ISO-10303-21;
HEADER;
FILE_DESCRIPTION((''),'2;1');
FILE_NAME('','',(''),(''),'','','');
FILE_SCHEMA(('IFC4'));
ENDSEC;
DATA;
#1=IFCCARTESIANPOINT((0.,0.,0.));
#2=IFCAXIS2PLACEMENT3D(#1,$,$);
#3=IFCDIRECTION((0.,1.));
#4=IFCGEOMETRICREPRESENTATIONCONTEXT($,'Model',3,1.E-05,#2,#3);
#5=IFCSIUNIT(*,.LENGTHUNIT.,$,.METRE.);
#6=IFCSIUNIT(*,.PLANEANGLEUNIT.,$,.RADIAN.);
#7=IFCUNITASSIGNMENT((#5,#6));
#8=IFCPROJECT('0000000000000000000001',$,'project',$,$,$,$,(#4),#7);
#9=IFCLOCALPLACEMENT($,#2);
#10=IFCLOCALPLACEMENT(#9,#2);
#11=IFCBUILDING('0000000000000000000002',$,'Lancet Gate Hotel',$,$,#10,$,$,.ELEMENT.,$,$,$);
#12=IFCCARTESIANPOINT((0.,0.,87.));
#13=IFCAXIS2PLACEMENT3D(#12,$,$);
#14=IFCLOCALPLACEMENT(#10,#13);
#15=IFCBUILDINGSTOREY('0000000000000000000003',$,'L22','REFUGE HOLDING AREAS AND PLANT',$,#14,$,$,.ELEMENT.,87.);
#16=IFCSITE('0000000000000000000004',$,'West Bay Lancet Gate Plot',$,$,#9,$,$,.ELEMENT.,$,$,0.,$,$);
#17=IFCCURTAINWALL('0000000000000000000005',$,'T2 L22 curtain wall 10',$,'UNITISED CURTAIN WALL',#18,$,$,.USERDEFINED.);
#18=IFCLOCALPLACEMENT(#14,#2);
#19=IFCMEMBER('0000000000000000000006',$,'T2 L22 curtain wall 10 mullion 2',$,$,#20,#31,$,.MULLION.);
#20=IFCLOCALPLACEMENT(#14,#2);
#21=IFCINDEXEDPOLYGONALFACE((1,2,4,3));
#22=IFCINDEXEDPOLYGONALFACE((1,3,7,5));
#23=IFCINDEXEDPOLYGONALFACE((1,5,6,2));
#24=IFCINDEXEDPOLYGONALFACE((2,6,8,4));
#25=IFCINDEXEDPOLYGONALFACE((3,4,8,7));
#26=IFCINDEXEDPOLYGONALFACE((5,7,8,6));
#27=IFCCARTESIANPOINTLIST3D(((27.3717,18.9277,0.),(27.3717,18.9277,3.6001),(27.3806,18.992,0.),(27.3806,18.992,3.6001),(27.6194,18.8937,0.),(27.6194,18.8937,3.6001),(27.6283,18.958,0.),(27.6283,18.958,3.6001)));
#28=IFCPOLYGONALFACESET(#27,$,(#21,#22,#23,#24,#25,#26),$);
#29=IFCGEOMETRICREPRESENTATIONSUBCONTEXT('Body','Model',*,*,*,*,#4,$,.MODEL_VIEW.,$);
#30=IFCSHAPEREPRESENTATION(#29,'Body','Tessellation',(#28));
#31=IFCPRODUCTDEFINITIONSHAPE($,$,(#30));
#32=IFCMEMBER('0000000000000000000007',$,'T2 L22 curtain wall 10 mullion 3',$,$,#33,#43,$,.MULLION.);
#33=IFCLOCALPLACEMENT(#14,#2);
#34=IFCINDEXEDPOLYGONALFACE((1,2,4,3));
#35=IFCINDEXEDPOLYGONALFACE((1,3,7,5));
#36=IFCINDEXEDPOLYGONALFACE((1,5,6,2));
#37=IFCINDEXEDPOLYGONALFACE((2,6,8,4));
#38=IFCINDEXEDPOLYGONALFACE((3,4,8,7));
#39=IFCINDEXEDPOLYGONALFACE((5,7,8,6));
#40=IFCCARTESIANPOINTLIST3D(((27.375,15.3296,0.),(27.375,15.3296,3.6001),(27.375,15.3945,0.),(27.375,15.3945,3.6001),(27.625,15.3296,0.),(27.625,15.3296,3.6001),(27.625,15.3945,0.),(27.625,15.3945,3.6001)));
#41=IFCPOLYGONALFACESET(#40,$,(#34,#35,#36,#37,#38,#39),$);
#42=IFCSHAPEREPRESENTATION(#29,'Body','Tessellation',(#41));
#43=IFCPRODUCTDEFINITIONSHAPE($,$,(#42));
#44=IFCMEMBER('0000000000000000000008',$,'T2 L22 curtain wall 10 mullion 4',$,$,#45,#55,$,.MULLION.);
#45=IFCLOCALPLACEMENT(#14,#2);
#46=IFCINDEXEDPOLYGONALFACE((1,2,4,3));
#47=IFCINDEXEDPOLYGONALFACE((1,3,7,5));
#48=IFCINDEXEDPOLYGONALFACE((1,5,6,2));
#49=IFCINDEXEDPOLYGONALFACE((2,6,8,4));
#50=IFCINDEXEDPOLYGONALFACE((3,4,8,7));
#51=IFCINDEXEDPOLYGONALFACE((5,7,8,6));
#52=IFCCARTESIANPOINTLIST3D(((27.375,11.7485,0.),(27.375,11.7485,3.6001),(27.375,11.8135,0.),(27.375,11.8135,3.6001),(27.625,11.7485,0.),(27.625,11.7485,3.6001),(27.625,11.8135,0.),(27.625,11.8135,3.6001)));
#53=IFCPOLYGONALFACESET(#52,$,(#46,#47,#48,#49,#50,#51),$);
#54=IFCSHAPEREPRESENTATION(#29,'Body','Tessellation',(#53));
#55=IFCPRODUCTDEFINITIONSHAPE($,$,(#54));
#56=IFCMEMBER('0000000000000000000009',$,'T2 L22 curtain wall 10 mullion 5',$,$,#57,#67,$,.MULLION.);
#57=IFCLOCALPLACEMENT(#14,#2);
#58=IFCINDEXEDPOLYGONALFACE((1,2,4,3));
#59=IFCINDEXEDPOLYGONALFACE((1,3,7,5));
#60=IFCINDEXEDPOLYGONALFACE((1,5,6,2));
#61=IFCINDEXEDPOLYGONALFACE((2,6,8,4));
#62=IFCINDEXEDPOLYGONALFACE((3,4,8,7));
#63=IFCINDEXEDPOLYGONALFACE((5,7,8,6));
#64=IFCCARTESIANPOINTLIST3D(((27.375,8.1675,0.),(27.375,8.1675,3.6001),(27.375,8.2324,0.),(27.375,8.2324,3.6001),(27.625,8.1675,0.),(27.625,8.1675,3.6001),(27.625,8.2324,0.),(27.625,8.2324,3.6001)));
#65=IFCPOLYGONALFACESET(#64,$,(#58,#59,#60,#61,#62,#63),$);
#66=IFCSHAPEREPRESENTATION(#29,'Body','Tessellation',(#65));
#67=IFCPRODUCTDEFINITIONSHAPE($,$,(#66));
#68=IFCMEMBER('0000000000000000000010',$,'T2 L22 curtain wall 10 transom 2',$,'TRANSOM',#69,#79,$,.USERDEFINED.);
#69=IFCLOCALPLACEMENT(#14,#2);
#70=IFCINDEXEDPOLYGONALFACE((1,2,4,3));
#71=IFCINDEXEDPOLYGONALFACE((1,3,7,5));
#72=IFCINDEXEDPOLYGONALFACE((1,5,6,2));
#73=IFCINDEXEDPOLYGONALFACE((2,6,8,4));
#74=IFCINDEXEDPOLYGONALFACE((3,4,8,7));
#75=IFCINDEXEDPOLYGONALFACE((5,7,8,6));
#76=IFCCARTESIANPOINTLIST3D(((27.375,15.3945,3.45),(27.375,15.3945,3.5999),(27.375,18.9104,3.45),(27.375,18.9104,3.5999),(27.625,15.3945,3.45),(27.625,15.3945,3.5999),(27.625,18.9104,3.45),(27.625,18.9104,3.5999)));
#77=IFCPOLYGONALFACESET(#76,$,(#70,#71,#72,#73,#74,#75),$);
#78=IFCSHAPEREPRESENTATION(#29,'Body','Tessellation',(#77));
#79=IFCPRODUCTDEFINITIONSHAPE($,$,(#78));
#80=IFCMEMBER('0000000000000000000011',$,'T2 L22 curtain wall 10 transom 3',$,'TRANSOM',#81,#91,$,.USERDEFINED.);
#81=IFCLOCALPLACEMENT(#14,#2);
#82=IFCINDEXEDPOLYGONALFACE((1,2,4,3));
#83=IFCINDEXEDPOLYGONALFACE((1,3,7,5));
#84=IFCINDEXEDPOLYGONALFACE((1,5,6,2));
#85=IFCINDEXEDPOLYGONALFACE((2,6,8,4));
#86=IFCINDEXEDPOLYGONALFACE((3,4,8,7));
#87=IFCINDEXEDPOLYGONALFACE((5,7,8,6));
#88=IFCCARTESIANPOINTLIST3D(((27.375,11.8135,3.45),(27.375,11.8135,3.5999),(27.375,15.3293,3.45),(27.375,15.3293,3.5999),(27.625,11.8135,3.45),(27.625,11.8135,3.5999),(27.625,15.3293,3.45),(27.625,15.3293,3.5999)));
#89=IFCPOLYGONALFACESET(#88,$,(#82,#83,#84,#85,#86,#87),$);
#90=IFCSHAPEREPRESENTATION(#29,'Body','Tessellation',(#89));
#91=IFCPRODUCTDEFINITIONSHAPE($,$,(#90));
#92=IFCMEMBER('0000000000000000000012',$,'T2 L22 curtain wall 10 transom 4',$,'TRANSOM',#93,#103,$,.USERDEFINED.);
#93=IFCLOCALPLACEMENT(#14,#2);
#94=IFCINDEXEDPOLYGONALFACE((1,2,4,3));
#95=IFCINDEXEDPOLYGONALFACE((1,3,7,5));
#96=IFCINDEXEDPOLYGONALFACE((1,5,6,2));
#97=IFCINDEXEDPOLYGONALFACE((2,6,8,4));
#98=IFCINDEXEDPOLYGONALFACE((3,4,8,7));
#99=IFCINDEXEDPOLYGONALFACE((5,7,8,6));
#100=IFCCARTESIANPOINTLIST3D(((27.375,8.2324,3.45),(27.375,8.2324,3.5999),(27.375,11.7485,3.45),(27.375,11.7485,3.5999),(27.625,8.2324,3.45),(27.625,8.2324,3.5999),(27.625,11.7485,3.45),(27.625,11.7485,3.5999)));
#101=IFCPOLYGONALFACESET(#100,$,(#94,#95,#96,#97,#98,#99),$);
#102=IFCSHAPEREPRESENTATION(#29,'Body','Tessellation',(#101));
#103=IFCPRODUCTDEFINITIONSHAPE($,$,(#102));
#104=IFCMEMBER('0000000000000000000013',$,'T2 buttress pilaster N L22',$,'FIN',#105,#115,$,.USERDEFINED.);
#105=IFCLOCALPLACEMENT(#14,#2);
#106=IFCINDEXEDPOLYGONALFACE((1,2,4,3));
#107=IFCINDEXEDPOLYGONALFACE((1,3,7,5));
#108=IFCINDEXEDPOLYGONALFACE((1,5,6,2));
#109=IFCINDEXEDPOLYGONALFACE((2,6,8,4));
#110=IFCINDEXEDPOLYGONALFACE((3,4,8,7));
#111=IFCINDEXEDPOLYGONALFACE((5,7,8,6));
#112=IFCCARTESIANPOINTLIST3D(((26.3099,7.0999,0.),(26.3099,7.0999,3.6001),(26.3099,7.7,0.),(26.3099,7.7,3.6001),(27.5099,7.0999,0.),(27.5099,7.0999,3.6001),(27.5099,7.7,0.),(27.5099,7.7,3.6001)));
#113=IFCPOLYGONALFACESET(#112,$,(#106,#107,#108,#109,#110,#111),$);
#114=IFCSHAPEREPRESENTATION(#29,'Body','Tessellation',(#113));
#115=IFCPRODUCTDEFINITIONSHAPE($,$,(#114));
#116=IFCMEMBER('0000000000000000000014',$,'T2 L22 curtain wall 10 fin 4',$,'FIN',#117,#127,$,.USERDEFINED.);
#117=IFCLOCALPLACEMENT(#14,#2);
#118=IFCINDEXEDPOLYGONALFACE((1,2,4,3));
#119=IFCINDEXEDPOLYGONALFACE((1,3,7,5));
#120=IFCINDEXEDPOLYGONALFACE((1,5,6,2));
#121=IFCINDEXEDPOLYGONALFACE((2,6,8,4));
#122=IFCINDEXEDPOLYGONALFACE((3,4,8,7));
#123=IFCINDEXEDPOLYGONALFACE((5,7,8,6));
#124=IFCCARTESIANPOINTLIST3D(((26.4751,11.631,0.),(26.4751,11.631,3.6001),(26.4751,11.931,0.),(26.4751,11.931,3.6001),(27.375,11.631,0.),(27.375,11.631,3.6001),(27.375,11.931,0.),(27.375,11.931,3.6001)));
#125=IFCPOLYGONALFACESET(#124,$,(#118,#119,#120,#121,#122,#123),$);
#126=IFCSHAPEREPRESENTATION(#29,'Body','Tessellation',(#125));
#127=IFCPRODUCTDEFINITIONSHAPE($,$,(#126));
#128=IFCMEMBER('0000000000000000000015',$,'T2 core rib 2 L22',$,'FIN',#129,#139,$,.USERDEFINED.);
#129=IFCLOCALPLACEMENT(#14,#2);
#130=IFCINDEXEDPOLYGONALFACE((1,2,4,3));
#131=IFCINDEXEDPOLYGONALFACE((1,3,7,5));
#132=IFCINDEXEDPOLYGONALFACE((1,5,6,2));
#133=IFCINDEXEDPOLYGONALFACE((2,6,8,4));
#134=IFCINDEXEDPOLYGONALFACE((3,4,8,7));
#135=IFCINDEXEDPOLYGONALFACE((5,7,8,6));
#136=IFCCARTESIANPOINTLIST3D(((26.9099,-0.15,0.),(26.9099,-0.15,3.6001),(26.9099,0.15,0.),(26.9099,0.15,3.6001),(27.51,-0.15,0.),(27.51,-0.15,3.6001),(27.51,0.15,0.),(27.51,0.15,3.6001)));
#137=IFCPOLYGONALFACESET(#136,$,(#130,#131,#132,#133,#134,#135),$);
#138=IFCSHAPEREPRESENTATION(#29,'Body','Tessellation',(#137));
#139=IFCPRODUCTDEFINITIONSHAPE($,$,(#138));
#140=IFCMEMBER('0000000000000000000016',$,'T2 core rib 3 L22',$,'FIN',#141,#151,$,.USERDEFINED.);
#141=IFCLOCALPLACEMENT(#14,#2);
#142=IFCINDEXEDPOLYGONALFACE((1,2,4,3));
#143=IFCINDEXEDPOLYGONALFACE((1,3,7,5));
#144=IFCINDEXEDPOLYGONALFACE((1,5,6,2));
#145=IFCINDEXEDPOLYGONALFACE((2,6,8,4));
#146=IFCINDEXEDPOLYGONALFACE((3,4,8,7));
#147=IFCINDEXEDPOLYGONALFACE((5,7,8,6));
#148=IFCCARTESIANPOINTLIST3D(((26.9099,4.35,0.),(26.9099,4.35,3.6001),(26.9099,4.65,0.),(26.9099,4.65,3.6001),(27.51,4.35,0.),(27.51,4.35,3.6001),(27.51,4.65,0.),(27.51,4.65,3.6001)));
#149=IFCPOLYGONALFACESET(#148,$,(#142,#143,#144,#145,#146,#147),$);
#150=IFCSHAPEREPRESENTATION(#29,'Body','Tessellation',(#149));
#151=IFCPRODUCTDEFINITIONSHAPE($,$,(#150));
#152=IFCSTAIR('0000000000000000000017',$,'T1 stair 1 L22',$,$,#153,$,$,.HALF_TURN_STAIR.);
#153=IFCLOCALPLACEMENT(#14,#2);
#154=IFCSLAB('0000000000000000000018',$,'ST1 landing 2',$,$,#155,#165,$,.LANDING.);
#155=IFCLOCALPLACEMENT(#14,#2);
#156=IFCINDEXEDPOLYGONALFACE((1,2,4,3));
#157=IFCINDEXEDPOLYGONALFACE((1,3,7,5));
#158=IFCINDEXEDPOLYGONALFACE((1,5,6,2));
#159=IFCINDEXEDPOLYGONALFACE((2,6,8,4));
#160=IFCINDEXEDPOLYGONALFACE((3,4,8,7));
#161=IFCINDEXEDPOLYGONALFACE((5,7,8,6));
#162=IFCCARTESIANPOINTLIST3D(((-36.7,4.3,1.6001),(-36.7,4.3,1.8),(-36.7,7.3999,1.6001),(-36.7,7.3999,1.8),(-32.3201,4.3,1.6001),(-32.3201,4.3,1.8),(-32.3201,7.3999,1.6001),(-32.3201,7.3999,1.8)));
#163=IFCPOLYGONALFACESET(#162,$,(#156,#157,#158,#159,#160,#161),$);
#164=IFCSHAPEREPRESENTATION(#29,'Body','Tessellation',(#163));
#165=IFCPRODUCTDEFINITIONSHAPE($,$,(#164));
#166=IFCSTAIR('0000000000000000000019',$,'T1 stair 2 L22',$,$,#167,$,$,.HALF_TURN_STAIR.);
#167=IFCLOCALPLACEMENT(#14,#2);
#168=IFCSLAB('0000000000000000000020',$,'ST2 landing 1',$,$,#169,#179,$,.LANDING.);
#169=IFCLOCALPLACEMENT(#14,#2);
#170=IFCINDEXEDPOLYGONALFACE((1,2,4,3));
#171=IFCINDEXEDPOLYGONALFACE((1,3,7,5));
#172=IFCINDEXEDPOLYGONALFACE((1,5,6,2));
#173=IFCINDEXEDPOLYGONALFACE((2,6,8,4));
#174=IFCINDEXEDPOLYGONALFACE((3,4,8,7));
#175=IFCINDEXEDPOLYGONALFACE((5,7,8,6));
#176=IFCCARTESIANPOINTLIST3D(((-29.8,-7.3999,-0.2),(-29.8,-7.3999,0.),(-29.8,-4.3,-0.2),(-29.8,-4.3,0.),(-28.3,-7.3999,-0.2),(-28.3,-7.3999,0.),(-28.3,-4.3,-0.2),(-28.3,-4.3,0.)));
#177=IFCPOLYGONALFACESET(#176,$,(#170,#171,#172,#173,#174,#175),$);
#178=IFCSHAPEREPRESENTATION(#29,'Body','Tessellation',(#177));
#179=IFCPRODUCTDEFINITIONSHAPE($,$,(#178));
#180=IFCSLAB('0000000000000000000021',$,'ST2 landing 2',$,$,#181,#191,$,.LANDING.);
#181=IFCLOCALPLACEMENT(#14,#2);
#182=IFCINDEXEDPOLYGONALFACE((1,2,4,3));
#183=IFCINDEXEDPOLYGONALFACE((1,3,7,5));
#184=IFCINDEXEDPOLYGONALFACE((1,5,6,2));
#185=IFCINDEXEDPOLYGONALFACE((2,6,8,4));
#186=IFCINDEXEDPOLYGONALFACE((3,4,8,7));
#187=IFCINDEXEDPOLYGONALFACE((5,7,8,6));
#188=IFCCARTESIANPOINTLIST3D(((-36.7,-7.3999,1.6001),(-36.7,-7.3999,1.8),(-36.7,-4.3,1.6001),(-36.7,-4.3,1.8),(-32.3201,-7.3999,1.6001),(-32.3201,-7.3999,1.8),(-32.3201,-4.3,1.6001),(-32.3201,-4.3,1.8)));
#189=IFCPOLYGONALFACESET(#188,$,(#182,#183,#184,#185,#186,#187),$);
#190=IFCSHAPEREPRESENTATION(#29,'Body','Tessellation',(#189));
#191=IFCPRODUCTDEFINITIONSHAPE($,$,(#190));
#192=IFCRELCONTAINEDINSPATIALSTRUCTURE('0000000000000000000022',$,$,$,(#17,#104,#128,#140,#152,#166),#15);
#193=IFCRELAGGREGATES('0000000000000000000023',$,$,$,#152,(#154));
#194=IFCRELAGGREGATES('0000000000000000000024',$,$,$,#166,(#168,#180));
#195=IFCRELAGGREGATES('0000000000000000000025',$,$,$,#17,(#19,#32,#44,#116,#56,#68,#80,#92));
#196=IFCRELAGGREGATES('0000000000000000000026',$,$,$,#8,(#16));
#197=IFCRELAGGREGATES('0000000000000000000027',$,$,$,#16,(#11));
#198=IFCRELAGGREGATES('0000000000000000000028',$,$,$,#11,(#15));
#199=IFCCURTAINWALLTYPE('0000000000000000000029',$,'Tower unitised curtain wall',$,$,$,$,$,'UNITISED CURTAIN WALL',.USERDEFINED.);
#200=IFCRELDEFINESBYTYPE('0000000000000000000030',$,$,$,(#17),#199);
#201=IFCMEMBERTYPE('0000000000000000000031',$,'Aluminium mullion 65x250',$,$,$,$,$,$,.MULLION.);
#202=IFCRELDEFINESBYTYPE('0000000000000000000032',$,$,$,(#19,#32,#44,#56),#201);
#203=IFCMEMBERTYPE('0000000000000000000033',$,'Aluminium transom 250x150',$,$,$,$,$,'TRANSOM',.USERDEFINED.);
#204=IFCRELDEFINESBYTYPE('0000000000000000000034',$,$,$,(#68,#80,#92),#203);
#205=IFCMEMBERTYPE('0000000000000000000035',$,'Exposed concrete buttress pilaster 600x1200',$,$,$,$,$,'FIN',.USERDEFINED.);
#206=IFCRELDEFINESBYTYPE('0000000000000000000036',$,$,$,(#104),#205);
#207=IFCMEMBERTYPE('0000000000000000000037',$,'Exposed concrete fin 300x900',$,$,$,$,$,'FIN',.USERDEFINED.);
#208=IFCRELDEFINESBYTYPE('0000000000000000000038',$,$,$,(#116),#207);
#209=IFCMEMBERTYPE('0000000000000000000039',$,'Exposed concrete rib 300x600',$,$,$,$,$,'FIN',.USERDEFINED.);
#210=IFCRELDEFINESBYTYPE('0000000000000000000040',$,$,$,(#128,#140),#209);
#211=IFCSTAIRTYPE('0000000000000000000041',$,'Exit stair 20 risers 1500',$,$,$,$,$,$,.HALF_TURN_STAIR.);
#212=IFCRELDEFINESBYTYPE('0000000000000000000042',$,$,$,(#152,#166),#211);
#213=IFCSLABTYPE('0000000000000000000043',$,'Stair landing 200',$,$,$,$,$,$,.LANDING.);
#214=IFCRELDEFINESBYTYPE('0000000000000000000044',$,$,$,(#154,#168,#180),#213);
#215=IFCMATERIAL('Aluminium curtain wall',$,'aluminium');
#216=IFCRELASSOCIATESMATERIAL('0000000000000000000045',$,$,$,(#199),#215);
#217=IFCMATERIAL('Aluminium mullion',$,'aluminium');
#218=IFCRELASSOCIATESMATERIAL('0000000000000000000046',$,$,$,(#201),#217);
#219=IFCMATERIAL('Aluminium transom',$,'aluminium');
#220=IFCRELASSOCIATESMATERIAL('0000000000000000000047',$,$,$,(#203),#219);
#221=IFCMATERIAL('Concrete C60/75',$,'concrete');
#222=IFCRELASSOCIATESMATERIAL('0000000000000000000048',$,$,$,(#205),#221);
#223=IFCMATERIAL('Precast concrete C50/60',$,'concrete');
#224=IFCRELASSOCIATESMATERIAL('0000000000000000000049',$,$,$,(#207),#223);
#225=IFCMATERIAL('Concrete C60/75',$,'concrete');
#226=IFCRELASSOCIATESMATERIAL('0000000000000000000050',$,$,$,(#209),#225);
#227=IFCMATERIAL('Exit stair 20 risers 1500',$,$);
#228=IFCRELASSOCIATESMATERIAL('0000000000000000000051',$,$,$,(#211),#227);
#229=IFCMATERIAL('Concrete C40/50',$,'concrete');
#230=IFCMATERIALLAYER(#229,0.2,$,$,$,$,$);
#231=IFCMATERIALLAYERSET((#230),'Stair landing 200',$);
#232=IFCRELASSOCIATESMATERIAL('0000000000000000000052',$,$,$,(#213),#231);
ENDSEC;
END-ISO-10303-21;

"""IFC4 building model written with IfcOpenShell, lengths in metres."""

from ifc_helpers import new_model, si_unit, direction, frame, origin, origin_2d, place, context, subcontext, project, spatial, polyline, rectangle, outline, extrude, material, layer, layer_set, material_profile, profile_set, type_object, element, aggregate, save


model = new_model("IFC4")

# Units and contexts
model_context = context("Model", 3, precision=1e-05, world=origin(), true_north=direction((0.0, 1.0)))
body_context = subcontext(model_context, "Body", "Model", "MODEL_VIEW")
ifc_project = project(units=[si_unit("LENGTHUNIT", "METRE"), si_unit("PLANEANGLEUNIT", "RADIAN")], contexts=[model_context])

# Site, building, storey
site_placement = place(None, origin())
site = spatial("IfcSite", under=ifc_project, at=site_placement, Name="West Bay Lancet Gate Plot", CompositionType="ELEMENT", RefElevation=0.0)
building_placement = place(site_placement, origin())
building = spatial("IfcBuilding", under=site, at=building_placement, Name="Lancet Gate Hotel", CompositionType="ELEMENT")
storey_placement = place(building_placement, frame((0.0, 0.0, 87.0)))
storey = spatial("IfcBuildingStorey", under=building, at=storey_placement, Name="L22", Description="REFUGE HOLDING AREAS AND PLANT", CompositionType="ELEMENT", Elevation=87.0)

# Curtain wall, members
ifc_material_1 = material(Name="Aluminium curtain wall", Category="aluminium")
curtain_wall_type = type_object("IfcCurtainWallType", Name="Tower unitised curtain wall", ElementType="UNITISED CURTAIN WALL", PredefinedType="USERDEFINED", material=ifc_material_1)
curtain_wall_placement = place(storey_placement, origin())
curtain_wall = element("IfcCurtainWall", 1, at=curtain_wall_placement, inside=storey, type_object=curtain_wall_type, Name="T2 L22 curtain wall 10", ObjectType="UNITISED CURTAIN WALL", PredefinedType="USERDEFINED")
ifc_material_2 = material(Name="Aluminium mullion", Category="aluminium")
ifc_material_profile_1 = material_profile(ifc_material_2, rectangle(XDim=0.0649, YDim=0.25, at=origin_2d()), Name="MULLION 65x250")
ifc_profile_set_1 = profile_set([ifc_material_profile_1], Name="Aluminium mullion")
member_type_1 = type_object("IfcMemberType", Name="Aluminium mullion 65x250", PredefinedType="MULLION", material=ifc_profile_set_1)
member_1_placement = place(storey_placement, frame((27.5, 18.9429, 0.0), z_axis=(0.0, 0.0, 1.0), x_axis=(-0.135993, -0.99071, 0.0)))
member_1 = element("IfcMember", 2, at=member_1_placement, type_object=member_type_1, Name="T2 L22 curtain wall 10 mullion 2", PredefinedType="MULLION", context=body_context, shape_type="SweptSolid", body=[
    extrude(rectangle(XDim=0.0649, YDim=0.25, at=origin_2d()), origin(), (0.0, 0.0, 1.0), 3.6001),
])
member_2_placement = place(storey_placement, frame((27.5, 15.3621, 0.0), z_axis=(0.0, 0.0, 1.0), x_axis=(0.0, -1.0, 0.0)))
member_2 = element("IfcMember", 3, at=member_2_placement, type_object=member_type_1, Name="T2 L22 curtain wall 10 mullion 3", PredefinedType="MULLION", context=body_context, shape_type="SweptSolid", body=[
    extrude(rectangle(XDim=0.0649, YDim=0.25, at=origin_2d()), origin(), (0.0, 0.0, 1.0), 3.6001),
])
member_3_placement = place(storey_placement, frame((27.5, 11.781, 0.0), z_axis=(0.0, 0.0, 1.0), x_axis=(0.0, -1.0, 0.0)))
member_3 = element("IfcMember", 4, at=member_3_placement, type_object=member_type_1, Name="T2 L22 curtain wall 10 mullion 4", PredefinedType="MULLION", context=body_context, shape_type="SweptSolid", body=[
    extrude(rectangle(XDim=0.0649, YDim=0.25, at=origin_2d()), origin(), (0.0, 0.0, 1.0), 3.6001),
])
member_4_placement = place(storey_placement, frame((27.5, 8.2, 0.0), z_axis=(0.0, 0.0, 1.0), x_axis=(0.0, -1.0, 0.0)))
member_4 = element("IfcMember", 5, at=member_4_placement, type_object=member_type_1, Name="T2 L22 curtain wall 10 mullion 5", PredefinedType="MULLION", context=body_context, shape_type="SweptSolid", body=[
    extrude(rectangle(XDim=0.0649, YDim=0.25, at=origin_2d()), origin(), (0.0, 0.0, 1.0), 3.6001),
])
ifc_material_3 = material(Name="Aluminium transom", Category="aluminium")
ifc_material_profile_2 = material_profile(ifc_material_3, rectangle(XDim=0.25, YDim=0.1499, at=origin_2d()), Name="TRANSOM 250x150")
ifc_profile_set_2 = profile_set([ifc_material_profile_2], Name="Aluminium transom")
member_type_2 = type_object("IfcMemberType", Name="Aluminium transom 250x150", ElementType="TRANSOM", PredefinedType="USERDEFINED", material=ifc_profile_set_2)
member_5_placement = place(storey_placement, frame((27.5, 18.9104, 3.5249), z_axis=(0.0, -1.0, 0.0), x_axis=(1.0, 0.0, 0.0)))
member_5 = element("IfcMember", 6, at=member_5_placement, type_object=member_type_2, Name="T2 L22 curtain wall 10 transom 2", ObjectType="TRANSOM", PredefinedType="USERDEFINED", context=body_context, shape_type="SweptSolid", body=[
    extrude(rectangle(XDim=0.25, YDim=0.1499, at=origin_2d()), origin(), (0.0, 0.0, 1.0), 3.5159),
])
member_6_placement = place(storey_placement, frame((27.5, 15.3293, 3.5249), z_axis=(0.0, -1.0, 0.0), x_axis=(1.0, 0.0, 0.0)))
member_6 = element("IfcMember", 7, at=member_6_placement, type_object=member_type_2, Name="T2 L22 curtain wall 10 transom 3", ObjectType="TRANSOM", PredefinedType="USERDEFINED", context=body_context, shape_type="SweptSolid", body=[
    extrude(rectangle(XDim=0.25, YDim=0.1499, at=origin_2d()), origin(), (0.0, 0.0, 1.0), 3.5159),
])
member_7_placement = place(storey_placement, frame((27.5, 11.7485, 3.5249), z_axis=(0.0, -1.0, 0.0), x_axis=(1.0, 0.0, 0.0)))
member_7 = element("IfcMember", 8, at=member_7_placement, type_object=member_type_2, Name="T2 L22 curtain wall 10 transom 4", ObjectType="TRANSOM", PredefinedType="USERDEFINED", context=body_context, shape_type="SweptSolid", body=[
    extrude(rectangle(XDim=0.25, YDim=0.1499, at=origin_2d()), origin(), (0.0, 0.0, 1.0), 3.5161),
])

# Members
ifc_material_4 = material(Name="Concrete C60/75", Category="concrete")
ifc_material_profile_3 = material_profile(ifc_material_4, rectangle(XDim=0.6001, YDim=1.2, at=origin_2d()), Name="FIN 600x1200")
ifc_profile_set_3 = profile_set([ifc_material_profile_3], Name="Concrete C60/75")
member_type_3 = type_object("IfcMemberType", Name="Exposed concrete buttress pilaster 600x1200", ElementType="FIN", PredefinedType="USERDEFINED", material=ifc_profile_set_3)
member_8_placement = place(storey_placement, frame((26.9099, 7.3999, 0.0), z_axis=(0.0, 0.0, 1.0), x_axis=(0.0, 1.0, 0.0)))
element("IfcMember", 9, at=member_8_placement, inside=storey, type_object=member_type_3, Name="T2 buttress pilaster N L22", ObjectType="FIN", PredefinedType="USERDEFINED", context=body_context, shape_type="SweptSolid", body=[
    extrude(rectangle(XDim=0.6001, YDim=1.2, at=origin_2d()), origin(), (0.0, 0.0, 1.0), 3.6001),
])
ifc_material_5 = material(Name="Precast concrete C50/60", Category="concrete")
ifc_material_profile_4 = material_profile(ifc_material_5, rectangle(XDim=0.3, YDim=0.8999, at=origin_2d()), Name="FIN 300x900")
ifc_profile_set_4 = profile_set([ifc_material_profile_4], Name="Precast concrete C50/60")
member_type_4 = type_object("IfcMemberType", Name="Exposed concrete fin 300x900", ElementType="FIN", PredefinedType="USERDEFINED", material=ifc_profile_set_4)
member_9_placement = place(storey_placement, frame((26.925, 11.781, 0.0), z_axis=(0.0, 0.0, 1.0), x_axis=(0.0, -1.0, 0.0)))
member_9 = element("IfcMember", 10, at=member_9_placement, type_object=member_type_4, Name="T2 L22 curtain wall 10 fin 4", ObjectType="FIN", PredefinedType="USERDEFINED", context=body_context, shape_type="SweptSolid", body=[
    extrude(rectangle(XDim=0.3, YDim=0.8999, at=origin_2d()), origin(), (0.0, 0.0, 1.0), 3.6001),
])

# Members
ifc_material_6 = material(Name="Concrete C60/75", Category="concrete")
ifc_material_profile_5 = material_profile(ifc_material_6, rectangle(XDim=0.3, YDim=0.6001, at=origin_2d()), Name="FIN 300x600")
ifc_profile_set_5 = profile_set([ifc_material_profile_5], Name="Concrete C60/75")
member_type_5 = type_object("IfcMemberType", Name="Exposed concrete rib 300x600", ElementType="FIN", PredefinedType="USERDEFINED", material=ifc_profile_set_5)
for number, where, z_axis, x_axis, name in (
    (11, (27.21, 0.0, 0.0), (0.0, 0.0, 1.0), (0.0, 1.0, 0.0), "T2 core rib 2 L22"),
    (12, (27.21, 4.5, 0.0), (0.0, 0.0, 1.0), (0.0, 1.0, 0.0), "T2 core rib 3 L22"),
):
    element("IfcMember", number, at=place(storey_placement, frame(where, z_axis=z_axis, x_axis=x_axis)), inside=storey, type_object=member_type_5, Name=name, ObjectType="FIN", PredefinedType="USERDEFINED", context=body_context, shape_type="SweptSolid", body=[
        extrude(rectangle(XDim=0.3, YDim=0.6001, at=origin_2d()), origin(), (0.0, 0.0, 1.0), 3.6001),
    ])

# Stair, slab
ifc_material_7 = material(Name="Exit stair 20 risers 1500")
stair_type = type_object("IfcStairType", Name="Exit stair 20 risers 1500", PredefinedType="HALF_TURN_STAIR", material=ifc_material_7)
stair_1_placement = place(storey_placement, origin())
stair_1 = element("IfcStair", 13, at=stair_1_placement, inside=storey, type_object=stair_type, Name="T1 stair 1 L22", PredefinedType="HALF_TURN_STAIR")
ifc_material_8 = material(Name="Concrete C40/50", Category="concrete")
ifc_layer_1 = layer(ifc_material_8, 0.2)
ifc_layer_set_1 = layer_set([ifc_layer_1], Name="Stair landing 200")
slab_type = type_object("IfcSlabType", Name="Stair landing 200", PredefinedType="LANDING", material=ifc_layer_set_1)
slab_1_placement = place(storey_placement, frame((0.0, 0.0, 1.6001)))
slab_1 = element("IfcSlab", 14, at=slab_1_placement, type_object=slab_type, Name="ST1 landing 2", PredefinedType="LANDING", context=body_context, shape_type="SweptSolid", body=[
    extrude(outline(polyline([(-32.3201, 7.3999), (-36.7, 7.3999), (-36.7, 4.3), (-32.3201, 4.3), (-32.3201, 7.3999)])), origin(), (0.0, 0.0, 1.0), 0.2),
])
aggregate(stair_1, [slab_1])

# Stair, slabs
stair_2_placement = place(storey_placement, origin())
stair_2 = element("IfcStair", 15, at=stair_2_placement, inside=storey, type_object=stair_type, Name="T1 stair 2 L22", PredefinedType="HALF_TURN_STAIR")
slab_2_placement = place(storey_placement, frame((0.0, 0.0, -0.2)))
slab_2 = element("IfcSlab", 16, at=slab_2_placement, type_object=slab_type, Name="ST2 landing 1", PredefinedType="LANDING", context=body_context, shape_type="SweptSolid", body=[
    extrude(outline(polyline([(-28.3, -4.3), (-29.8, -4.3), (-29.8, -7.3999), (-28.3, -7.3999), (-28.3, -4.3)])), origin(), (0.0, 0.0, 1.0), 0.2),
])
slab_3_placement = place(storey_placement, frame((0.0, 0.0, 1.6001)))
slab_3 = element("IfcSlab", 17, at=slab_3_placement, type_object=slab_type, Name="ST2 landing 2", PredefinedType="LANDING", context=body_context, shape_type="SweptSolid", body=[
    extrude(outline(polyline([(-32.3201, -4.3), (-36.7, -4.3), (-36.7, -7.3999), (-32.3201, -7.3999), (-32.3201, -4.3)])), origin(), (0.0, 0.0, 1.0), 0.2),
])
aggregate(stair_2, [slab_2, slab_3])

aggregate(curtain_wall, [member_1, member_2, member_3, member_9, member_4, member_5, member_6, member_7])

save(model, "model.ifc")
